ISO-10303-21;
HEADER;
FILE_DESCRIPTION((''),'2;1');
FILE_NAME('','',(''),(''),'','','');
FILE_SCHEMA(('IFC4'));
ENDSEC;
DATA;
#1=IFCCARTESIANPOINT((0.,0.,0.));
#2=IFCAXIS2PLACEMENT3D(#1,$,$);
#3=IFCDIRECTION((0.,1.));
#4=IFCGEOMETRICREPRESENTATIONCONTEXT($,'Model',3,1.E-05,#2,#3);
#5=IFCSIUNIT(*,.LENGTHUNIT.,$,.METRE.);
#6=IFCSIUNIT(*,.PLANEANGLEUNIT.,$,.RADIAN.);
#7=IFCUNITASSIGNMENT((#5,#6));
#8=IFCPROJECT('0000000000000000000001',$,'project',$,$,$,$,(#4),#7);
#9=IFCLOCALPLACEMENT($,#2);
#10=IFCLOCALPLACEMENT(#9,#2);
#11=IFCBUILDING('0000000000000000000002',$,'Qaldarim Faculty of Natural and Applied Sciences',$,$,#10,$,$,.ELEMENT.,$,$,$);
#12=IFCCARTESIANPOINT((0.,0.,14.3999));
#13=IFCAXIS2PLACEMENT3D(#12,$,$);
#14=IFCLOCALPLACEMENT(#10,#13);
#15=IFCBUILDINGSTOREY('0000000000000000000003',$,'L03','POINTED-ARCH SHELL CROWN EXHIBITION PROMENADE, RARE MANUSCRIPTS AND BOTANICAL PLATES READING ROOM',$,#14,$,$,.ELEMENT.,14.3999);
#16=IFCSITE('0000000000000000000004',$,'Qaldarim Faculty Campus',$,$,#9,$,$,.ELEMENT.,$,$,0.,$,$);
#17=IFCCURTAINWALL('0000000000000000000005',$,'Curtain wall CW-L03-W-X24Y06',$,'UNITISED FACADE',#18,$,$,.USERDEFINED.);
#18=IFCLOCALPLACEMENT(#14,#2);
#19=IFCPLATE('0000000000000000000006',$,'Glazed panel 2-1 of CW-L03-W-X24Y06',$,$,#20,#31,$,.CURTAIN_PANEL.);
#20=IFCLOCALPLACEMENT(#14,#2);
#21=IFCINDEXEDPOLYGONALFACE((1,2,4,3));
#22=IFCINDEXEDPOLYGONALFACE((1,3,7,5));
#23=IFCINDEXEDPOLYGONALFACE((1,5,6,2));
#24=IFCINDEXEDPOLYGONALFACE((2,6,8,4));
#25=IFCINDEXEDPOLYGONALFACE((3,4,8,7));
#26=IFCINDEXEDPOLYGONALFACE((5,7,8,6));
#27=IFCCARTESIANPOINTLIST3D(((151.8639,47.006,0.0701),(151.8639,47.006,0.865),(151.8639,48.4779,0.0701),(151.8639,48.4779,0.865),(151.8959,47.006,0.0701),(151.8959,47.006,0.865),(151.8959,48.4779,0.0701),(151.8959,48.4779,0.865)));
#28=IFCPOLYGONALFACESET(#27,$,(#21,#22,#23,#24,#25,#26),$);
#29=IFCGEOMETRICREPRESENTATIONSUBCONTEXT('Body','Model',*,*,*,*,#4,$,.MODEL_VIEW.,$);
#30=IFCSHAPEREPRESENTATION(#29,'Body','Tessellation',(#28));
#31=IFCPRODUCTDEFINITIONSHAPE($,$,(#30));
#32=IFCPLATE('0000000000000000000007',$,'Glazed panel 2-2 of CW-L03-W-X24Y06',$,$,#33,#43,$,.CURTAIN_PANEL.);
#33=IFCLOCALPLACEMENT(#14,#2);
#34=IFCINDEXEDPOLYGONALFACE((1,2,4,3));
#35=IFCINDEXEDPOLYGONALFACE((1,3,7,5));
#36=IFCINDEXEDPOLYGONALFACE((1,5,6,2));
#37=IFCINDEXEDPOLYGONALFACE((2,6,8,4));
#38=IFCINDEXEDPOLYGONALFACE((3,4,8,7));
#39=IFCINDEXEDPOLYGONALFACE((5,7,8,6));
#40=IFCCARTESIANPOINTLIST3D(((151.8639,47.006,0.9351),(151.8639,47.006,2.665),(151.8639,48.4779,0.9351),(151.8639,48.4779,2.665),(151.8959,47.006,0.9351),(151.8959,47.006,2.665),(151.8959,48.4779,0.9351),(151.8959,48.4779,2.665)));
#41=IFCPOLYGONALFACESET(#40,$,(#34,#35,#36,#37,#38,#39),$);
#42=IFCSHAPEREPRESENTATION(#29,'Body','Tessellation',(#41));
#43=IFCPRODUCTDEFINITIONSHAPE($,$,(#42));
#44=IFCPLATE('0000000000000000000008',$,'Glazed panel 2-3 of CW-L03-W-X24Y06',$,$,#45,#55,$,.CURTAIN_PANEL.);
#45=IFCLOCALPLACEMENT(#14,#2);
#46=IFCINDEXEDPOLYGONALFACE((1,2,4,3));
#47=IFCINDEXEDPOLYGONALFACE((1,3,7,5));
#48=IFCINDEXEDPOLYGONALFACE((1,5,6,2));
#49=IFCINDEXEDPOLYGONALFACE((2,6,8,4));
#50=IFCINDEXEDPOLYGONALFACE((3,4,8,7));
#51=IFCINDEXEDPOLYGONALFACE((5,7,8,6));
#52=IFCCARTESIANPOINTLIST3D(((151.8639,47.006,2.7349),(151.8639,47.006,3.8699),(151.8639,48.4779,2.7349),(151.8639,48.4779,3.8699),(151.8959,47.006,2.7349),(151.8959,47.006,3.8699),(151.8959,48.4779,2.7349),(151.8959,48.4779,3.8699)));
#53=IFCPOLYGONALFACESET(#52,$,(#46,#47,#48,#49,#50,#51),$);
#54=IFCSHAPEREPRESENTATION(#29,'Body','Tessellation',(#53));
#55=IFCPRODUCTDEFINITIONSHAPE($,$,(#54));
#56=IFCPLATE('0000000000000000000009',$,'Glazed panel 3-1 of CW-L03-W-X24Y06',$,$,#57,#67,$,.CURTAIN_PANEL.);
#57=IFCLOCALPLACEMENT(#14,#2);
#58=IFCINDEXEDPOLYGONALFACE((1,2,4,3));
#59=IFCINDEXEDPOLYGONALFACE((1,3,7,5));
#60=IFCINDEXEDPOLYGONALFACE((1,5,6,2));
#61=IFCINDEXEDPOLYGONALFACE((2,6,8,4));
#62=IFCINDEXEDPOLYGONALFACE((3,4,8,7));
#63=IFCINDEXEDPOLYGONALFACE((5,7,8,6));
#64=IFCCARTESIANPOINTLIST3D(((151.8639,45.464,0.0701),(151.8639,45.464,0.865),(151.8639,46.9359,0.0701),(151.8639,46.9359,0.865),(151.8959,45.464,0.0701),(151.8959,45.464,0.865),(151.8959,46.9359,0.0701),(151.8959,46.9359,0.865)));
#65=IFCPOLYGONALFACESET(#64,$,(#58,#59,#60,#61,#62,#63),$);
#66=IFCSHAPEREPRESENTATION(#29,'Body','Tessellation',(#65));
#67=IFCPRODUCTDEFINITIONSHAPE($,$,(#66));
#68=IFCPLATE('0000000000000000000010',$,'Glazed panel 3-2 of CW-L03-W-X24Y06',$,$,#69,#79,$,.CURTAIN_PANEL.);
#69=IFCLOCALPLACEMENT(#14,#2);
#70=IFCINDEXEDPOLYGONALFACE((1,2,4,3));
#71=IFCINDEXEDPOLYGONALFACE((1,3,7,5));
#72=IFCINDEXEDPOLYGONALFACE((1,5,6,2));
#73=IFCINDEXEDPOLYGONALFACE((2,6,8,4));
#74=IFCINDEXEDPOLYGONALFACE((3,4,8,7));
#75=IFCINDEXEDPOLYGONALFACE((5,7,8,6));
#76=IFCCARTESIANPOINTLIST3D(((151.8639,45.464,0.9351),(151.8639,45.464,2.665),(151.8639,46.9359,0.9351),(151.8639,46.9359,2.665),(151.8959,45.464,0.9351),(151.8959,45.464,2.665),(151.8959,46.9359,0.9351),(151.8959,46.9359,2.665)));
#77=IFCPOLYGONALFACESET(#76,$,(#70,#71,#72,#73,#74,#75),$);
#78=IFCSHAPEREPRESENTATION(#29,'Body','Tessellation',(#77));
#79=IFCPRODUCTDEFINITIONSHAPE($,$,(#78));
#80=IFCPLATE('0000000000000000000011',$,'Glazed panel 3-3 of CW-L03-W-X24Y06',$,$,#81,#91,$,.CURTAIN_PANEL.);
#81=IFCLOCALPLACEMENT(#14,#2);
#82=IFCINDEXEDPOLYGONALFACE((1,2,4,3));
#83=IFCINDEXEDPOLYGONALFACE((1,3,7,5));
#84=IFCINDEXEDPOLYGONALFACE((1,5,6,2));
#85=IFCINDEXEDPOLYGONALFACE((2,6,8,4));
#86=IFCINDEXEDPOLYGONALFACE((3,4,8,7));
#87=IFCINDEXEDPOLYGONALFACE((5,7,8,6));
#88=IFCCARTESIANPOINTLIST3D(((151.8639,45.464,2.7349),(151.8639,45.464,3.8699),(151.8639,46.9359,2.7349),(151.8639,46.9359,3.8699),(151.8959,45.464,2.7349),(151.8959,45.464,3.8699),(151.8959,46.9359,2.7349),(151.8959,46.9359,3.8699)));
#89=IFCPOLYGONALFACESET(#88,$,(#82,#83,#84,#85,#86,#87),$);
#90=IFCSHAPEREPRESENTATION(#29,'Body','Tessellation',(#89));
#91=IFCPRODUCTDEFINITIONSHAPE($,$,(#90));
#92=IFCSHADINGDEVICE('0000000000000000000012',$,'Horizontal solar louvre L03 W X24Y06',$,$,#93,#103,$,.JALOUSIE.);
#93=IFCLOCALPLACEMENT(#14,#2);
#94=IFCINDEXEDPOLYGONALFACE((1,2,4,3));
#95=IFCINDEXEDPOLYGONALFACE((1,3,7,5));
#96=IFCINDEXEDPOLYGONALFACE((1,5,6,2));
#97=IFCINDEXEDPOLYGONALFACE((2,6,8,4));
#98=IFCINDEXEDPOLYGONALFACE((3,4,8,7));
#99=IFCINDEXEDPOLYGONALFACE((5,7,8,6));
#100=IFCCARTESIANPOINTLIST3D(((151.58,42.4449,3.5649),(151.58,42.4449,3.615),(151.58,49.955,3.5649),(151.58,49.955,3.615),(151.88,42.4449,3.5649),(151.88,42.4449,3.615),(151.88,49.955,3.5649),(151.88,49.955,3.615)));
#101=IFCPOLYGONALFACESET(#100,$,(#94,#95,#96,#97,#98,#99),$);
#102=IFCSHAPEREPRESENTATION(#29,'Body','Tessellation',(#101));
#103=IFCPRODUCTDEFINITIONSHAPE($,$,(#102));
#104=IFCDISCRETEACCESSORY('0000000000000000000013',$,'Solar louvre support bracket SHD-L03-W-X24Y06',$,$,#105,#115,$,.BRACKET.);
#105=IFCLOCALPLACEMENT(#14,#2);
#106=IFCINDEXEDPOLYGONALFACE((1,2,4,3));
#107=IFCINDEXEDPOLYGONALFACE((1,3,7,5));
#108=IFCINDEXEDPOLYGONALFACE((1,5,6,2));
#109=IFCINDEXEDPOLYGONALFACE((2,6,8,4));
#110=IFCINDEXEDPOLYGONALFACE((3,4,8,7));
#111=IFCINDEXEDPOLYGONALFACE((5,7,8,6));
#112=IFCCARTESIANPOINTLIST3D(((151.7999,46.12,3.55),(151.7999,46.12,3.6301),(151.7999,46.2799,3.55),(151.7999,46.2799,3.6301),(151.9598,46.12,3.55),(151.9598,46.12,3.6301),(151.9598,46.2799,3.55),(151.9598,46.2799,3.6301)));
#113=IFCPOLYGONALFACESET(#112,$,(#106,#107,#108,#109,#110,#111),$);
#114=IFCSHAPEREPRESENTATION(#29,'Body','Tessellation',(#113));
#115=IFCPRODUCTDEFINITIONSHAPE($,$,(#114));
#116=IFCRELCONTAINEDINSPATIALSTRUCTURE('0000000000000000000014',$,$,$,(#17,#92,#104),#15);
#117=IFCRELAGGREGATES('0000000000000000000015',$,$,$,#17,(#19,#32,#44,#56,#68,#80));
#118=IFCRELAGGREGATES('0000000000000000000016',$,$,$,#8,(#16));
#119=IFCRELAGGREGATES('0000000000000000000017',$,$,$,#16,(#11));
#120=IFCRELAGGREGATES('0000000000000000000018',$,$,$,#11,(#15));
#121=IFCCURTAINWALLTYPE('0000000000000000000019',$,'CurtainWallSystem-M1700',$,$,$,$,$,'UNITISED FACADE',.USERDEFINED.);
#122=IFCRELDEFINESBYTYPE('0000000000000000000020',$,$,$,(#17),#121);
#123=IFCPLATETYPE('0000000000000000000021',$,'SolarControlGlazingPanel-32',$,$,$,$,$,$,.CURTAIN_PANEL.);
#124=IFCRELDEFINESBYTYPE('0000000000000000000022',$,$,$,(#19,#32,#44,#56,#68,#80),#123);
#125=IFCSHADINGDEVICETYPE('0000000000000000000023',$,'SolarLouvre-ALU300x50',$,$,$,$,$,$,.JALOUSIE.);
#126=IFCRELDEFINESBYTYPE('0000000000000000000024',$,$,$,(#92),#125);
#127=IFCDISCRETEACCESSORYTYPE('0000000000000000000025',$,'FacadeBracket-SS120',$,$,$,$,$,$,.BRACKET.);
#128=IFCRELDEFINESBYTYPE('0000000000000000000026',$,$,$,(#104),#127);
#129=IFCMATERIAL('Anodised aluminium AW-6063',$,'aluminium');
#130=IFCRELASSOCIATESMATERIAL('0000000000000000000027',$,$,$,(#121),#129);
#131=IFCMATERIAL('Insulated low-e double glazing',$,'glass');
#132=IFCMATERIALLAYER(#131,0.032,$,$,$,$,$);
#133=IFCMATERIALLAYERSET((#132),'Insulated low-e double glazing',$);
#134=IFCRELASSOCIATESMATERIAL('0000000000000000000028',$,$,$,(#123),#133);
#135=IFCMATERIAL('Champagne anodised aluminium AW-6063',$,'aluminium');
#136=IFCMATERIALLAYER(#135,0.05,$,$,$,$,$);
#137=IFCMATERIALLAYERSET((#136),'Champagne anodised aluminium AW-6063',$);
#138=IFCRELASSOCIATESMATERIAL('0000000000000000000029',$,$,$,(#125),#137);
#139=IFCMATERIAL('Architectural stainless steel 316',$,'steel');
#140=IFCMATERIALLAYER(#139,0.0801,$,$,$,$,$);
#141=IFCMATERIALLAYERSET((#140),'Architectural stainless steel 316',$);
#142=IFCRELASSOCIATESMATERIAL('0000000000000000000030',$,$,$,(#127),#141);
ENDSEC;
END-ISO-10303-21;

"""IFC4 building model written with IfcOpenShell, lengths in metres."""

from ifc_helpers import new_model, si_unit, direction, frame, origin, origin_2d, place, context, subcontext, project, spatial, rectangle, extrude, material, layer, layer_set, type_object, element, aggregate, save


model = new_model("IFC4")

# Units and contexts
model_context = context("Model", 3, precision=1e-05, world=origin(), true_north=direction((0.0, 1.0)))
body_context = subcontext(model_context, "Body", "Model", "MODEL_VIEW")
ifc_project = project(units=[si_unit("LENGTHUNIT", "METRE"), si_unit("PLANEANGLEUNIT", "RADIAN")], contexts=[model_context])

# Site, building, storey
site_placement = place(None, origin())
site = spatial("IfcSite", under=ifc_project, at=site_placement, Name="Qaldarim Faculty Campus", CompositionType="ELEMENT", RefElevation=0.0)
building_placement = place(site_placement, origin())
building = spatial("IfcBuilding", under=site, at=building_placement, Name="Qaldarim Faculty of Natural and Applied Sciences", CompositionType="ELEMENT")
storey_placement = place(building_placement, frame((0.0, 0.0, 14.3999)))
storey = spatial("IfcBuildingStorey", under=building, at=storey_placement, Name="L03", Description="POINTED-ARCH SHELL CROWN EXHIBITION PROMENADE, RARE MANUSCRIPTS AND BOTANICAL PLATES READING ROOM", CompositionType="ELEMENT", Elevation=14.3999)

# Curtain wall, plates
ifc_material_1 = material(Name="Anodised aluminium AW-6063", Category="aluminium")
curtain_wall_type = type_object("IfcCurtainWallType", Name="CurtainWallSystem-M1700", ElementType="UNITISED FACADE", PredefinedType="USERDEFINED", material=ifc_material_1)
curtain_wall_placement = place(storey_placement, origin())
curtain_wall = element("IfcCurtainWall", 1, at=curtain_wall_placement, inside=storey, type_object=curtain_wall_type, Name="Curtain wall CW-L03-W-X24Y06", ObjectType="UNITISED FACADE", PredefinedType="USERDEFINED")
ifc_material_2 = material(Name="Insulated low-e double glazing", Category="glass")
ifc_layer_1 = layer(ifc_material_2, 0.032)
ifc_layer_set_1 = layer_set([ifc_layer_1], Name="Insulated low-e double glazing")
plate_type = type_object("IfcPlateType", Name="SolarControlGlazingPanel-32", PredefinedType="CURTAIN_PANEL", material=ifc_layer_set_1)
plate_1_placement = place(storey_placement, frame((151.8799, 47.7419, 0.0701), z_axis=(0.0, 0.0, 1.0), x_axis=(0.0, -1.0, 0.0)))
plate_1 = element("IfcPlate", 2, at=plate_1_placement, type_object=plate_type, Name="Glazed panel 2-1 of CW-L03-W-X24Y06", PredefinedType="CURTAIN_PANEL", context=body_context, shape_type="SweptSolid", body=[
    extrude(rectangle(XDim=1.4719, YDim=0.032, at=origin_2d()), origin(), (0.0, 0.0, 1.0), 0.7949),
])
plate_2_placement = place(storey_placement, frame((151.8799, 47.7419, 0.9351), z_axis=(0.0, 0.0, 1.0), x_axis=(0.0, -1.0, 0.0)))
plate_2 = element("IfcPlate", 3, at=plate_2_placement, type_object=plate_type, Name="Glazed panel 2-2 of CW-L03-W-X24Y06", PredefinedType="CURTAIN_PANEL", context=body_context, shape_type="SweptSolid", body=[
    extrude(rectangle(XDim=1.4719, YDim=0.032, at=origin_2d()), origin(), (0.0, 0.0, 1.0), 1.73),
])
plate_3_placement = place(storey_placement, frame((151.8799, 47.7419, 2.7349), z_axis=(0.0, 0.0, 1.0), x_axis=(0.0, -1.0, 0.0)))
plate_3 = element("IfcPlate", 4, at=plate_3_placement, type_object=plate_type, Name="Glazed panel 2-3 of CW-L03-W-X24Y06", PredefinedType="CURTAIN_PANEL", context=body_context, shape_type="SweptSolid", body=[
    extrude(rectangle(XDim=1.4719, YDim=0.032, at=origin_2d()), origin(), (0.0, 0.0, 1.0), 1.135),
])
plate_4_placement = place(storey_placement, frame((151.8799, 46.2, 0.0701), z_axis=(0.0, 0.0, 1.0), x_axis=(0.0, -1.0, 0.0)))
plate_4 = element("IfcPlate", 5, at=plate_4_placement, type_object=plate_type, Name="Glazed panel 3-1 of CW-L03-W-X24Y06", PredefinedType="CURTAIN_PANEL", context=body_context, shape_type="SweptSolid", body=[
    extrude(rectangle(XDim=1.4719, YDim=0.032, at=origin_2d()), origin(), (0.0, 0.0, 1.0), 0.7949),
])
plate_5_placement = place(storey_placement, frame((151.8799, 46.2, 0.9351), z_axis=(0.0, 0.0, 1.0), x_axis=(0.0, -1.0, 0.0)))
plate_5 = element("IfcPlate", 6, at=plate_5_placement, type_object=plate_type, Name="Glazed panel 3-2 of CW-L03-W-X24Y06", PredefinedType="CURTAIN_PANEL", context=body_context, shape_type="SweptSolid", body=[
    extrude(rectangle(XDim=1.4719, YDim=0.032, at=origin_2d()), origin(), (0.0, 0.0, 1.0), 1.73),
])
plate_6_placement = place(storey_placement, frame((151.8799, 46.2, 2.7349), z_axis=(0.0, 0.0, 1.0), x_axis=(0.0, -1.0, 0.0)))
plate_6 = element("IfcPlate", 7, at=plate_6_placement, type_object=plate_type, Name="Glazed panel 3-3 of CW-L03-W-X24Y06", PredefinedType="CURTAIN_PANEL", context=body_context, shape_type="SweptSolid", body=[
    extrude(rectangle(XDim=1.4719, YDim=0.032, at=origin_2d()), origin(), (0.0, 0.0, 1.0), 1.135),
])
aggregate(curtain_wall, [plate_1, plate_2, plate_3, plate_4, plate_5, plate_6])

# Shading device
ifc_material_3 = material(Name="Champagne anodised aluminium AW-6063", Category="aluminium")
ifc_layer_2 = layer(ifc_material_3, 0.05)
ifc_layer_set_2 = layer_set([ifc_layer_2], Name="Champagne anodised aluminium AW-6063")
shading_device_type = type_object("IfcShadingDeviceType", Name="SolarLouvre-ALU300x50", PredefinedType="JALOUSIE", material=ifc_layer_set_2)
shading_device_placement = place(storey_placement, frame((151.73, 46.2, 3.5649), z_axis=(0.0, 0.0, 1.0), x_axis=(0.0, 1.0, 0.0)))
element("IfcShadingDevice", 8, at=shading_device_placement, inside=storey, type_object=shading_device_type, Name="Horizontal solar louvre L03 W X24Y06", PredefinedType="JALOUSIE", context=body_context, shape_type="SweptSolid", body=[
    extrude(rectangle(XDim=7.51, YDim=0.3, at=origin_2d()), origin(), (0.0, 0.0, 1.0), 0.05),
])

# Discrete accessory
ifc_material_4 = material(Name="Architectural stainless steel 316", Category="steel")
ifc_layer_3 = layer(ifc_material_4, 0.0801)
ifc_layer_set_3 = layer_set([ifc_layer_3], Name="Architectural stainless steel 316")
discrete_accessory_type = type_object("IfcDiscreteAccessoryType", Name="FacadeBracket-SS120", PredefinedType="BRACKET", material=ifc_layer_set_3)
discrete_accessory_placement = place(storey_placement, frame((151.8799, 46.2, 3.55), z_axis=(0.0, 0.0, 1.0), x_axis=(0.0, 1.0, 0.0)))
element("IfcDiscreteAccessory", 9, at=discrete_accessory_placement, inside=storey, type_object=discrete_accessory_type, Name="Solar louvre support bracket SHD-L03-W-X24Y06", PredefinedType="BRACKET", context=body_context, shape_type="SweptSolid", body=[
    extrude(rectangle(XDim=0.1599, YDim=0.1599, at=origin_2d()), origin(), (0.0, 0.0, 1.0), 0.0801),
])

save(model, "model.ifc")
